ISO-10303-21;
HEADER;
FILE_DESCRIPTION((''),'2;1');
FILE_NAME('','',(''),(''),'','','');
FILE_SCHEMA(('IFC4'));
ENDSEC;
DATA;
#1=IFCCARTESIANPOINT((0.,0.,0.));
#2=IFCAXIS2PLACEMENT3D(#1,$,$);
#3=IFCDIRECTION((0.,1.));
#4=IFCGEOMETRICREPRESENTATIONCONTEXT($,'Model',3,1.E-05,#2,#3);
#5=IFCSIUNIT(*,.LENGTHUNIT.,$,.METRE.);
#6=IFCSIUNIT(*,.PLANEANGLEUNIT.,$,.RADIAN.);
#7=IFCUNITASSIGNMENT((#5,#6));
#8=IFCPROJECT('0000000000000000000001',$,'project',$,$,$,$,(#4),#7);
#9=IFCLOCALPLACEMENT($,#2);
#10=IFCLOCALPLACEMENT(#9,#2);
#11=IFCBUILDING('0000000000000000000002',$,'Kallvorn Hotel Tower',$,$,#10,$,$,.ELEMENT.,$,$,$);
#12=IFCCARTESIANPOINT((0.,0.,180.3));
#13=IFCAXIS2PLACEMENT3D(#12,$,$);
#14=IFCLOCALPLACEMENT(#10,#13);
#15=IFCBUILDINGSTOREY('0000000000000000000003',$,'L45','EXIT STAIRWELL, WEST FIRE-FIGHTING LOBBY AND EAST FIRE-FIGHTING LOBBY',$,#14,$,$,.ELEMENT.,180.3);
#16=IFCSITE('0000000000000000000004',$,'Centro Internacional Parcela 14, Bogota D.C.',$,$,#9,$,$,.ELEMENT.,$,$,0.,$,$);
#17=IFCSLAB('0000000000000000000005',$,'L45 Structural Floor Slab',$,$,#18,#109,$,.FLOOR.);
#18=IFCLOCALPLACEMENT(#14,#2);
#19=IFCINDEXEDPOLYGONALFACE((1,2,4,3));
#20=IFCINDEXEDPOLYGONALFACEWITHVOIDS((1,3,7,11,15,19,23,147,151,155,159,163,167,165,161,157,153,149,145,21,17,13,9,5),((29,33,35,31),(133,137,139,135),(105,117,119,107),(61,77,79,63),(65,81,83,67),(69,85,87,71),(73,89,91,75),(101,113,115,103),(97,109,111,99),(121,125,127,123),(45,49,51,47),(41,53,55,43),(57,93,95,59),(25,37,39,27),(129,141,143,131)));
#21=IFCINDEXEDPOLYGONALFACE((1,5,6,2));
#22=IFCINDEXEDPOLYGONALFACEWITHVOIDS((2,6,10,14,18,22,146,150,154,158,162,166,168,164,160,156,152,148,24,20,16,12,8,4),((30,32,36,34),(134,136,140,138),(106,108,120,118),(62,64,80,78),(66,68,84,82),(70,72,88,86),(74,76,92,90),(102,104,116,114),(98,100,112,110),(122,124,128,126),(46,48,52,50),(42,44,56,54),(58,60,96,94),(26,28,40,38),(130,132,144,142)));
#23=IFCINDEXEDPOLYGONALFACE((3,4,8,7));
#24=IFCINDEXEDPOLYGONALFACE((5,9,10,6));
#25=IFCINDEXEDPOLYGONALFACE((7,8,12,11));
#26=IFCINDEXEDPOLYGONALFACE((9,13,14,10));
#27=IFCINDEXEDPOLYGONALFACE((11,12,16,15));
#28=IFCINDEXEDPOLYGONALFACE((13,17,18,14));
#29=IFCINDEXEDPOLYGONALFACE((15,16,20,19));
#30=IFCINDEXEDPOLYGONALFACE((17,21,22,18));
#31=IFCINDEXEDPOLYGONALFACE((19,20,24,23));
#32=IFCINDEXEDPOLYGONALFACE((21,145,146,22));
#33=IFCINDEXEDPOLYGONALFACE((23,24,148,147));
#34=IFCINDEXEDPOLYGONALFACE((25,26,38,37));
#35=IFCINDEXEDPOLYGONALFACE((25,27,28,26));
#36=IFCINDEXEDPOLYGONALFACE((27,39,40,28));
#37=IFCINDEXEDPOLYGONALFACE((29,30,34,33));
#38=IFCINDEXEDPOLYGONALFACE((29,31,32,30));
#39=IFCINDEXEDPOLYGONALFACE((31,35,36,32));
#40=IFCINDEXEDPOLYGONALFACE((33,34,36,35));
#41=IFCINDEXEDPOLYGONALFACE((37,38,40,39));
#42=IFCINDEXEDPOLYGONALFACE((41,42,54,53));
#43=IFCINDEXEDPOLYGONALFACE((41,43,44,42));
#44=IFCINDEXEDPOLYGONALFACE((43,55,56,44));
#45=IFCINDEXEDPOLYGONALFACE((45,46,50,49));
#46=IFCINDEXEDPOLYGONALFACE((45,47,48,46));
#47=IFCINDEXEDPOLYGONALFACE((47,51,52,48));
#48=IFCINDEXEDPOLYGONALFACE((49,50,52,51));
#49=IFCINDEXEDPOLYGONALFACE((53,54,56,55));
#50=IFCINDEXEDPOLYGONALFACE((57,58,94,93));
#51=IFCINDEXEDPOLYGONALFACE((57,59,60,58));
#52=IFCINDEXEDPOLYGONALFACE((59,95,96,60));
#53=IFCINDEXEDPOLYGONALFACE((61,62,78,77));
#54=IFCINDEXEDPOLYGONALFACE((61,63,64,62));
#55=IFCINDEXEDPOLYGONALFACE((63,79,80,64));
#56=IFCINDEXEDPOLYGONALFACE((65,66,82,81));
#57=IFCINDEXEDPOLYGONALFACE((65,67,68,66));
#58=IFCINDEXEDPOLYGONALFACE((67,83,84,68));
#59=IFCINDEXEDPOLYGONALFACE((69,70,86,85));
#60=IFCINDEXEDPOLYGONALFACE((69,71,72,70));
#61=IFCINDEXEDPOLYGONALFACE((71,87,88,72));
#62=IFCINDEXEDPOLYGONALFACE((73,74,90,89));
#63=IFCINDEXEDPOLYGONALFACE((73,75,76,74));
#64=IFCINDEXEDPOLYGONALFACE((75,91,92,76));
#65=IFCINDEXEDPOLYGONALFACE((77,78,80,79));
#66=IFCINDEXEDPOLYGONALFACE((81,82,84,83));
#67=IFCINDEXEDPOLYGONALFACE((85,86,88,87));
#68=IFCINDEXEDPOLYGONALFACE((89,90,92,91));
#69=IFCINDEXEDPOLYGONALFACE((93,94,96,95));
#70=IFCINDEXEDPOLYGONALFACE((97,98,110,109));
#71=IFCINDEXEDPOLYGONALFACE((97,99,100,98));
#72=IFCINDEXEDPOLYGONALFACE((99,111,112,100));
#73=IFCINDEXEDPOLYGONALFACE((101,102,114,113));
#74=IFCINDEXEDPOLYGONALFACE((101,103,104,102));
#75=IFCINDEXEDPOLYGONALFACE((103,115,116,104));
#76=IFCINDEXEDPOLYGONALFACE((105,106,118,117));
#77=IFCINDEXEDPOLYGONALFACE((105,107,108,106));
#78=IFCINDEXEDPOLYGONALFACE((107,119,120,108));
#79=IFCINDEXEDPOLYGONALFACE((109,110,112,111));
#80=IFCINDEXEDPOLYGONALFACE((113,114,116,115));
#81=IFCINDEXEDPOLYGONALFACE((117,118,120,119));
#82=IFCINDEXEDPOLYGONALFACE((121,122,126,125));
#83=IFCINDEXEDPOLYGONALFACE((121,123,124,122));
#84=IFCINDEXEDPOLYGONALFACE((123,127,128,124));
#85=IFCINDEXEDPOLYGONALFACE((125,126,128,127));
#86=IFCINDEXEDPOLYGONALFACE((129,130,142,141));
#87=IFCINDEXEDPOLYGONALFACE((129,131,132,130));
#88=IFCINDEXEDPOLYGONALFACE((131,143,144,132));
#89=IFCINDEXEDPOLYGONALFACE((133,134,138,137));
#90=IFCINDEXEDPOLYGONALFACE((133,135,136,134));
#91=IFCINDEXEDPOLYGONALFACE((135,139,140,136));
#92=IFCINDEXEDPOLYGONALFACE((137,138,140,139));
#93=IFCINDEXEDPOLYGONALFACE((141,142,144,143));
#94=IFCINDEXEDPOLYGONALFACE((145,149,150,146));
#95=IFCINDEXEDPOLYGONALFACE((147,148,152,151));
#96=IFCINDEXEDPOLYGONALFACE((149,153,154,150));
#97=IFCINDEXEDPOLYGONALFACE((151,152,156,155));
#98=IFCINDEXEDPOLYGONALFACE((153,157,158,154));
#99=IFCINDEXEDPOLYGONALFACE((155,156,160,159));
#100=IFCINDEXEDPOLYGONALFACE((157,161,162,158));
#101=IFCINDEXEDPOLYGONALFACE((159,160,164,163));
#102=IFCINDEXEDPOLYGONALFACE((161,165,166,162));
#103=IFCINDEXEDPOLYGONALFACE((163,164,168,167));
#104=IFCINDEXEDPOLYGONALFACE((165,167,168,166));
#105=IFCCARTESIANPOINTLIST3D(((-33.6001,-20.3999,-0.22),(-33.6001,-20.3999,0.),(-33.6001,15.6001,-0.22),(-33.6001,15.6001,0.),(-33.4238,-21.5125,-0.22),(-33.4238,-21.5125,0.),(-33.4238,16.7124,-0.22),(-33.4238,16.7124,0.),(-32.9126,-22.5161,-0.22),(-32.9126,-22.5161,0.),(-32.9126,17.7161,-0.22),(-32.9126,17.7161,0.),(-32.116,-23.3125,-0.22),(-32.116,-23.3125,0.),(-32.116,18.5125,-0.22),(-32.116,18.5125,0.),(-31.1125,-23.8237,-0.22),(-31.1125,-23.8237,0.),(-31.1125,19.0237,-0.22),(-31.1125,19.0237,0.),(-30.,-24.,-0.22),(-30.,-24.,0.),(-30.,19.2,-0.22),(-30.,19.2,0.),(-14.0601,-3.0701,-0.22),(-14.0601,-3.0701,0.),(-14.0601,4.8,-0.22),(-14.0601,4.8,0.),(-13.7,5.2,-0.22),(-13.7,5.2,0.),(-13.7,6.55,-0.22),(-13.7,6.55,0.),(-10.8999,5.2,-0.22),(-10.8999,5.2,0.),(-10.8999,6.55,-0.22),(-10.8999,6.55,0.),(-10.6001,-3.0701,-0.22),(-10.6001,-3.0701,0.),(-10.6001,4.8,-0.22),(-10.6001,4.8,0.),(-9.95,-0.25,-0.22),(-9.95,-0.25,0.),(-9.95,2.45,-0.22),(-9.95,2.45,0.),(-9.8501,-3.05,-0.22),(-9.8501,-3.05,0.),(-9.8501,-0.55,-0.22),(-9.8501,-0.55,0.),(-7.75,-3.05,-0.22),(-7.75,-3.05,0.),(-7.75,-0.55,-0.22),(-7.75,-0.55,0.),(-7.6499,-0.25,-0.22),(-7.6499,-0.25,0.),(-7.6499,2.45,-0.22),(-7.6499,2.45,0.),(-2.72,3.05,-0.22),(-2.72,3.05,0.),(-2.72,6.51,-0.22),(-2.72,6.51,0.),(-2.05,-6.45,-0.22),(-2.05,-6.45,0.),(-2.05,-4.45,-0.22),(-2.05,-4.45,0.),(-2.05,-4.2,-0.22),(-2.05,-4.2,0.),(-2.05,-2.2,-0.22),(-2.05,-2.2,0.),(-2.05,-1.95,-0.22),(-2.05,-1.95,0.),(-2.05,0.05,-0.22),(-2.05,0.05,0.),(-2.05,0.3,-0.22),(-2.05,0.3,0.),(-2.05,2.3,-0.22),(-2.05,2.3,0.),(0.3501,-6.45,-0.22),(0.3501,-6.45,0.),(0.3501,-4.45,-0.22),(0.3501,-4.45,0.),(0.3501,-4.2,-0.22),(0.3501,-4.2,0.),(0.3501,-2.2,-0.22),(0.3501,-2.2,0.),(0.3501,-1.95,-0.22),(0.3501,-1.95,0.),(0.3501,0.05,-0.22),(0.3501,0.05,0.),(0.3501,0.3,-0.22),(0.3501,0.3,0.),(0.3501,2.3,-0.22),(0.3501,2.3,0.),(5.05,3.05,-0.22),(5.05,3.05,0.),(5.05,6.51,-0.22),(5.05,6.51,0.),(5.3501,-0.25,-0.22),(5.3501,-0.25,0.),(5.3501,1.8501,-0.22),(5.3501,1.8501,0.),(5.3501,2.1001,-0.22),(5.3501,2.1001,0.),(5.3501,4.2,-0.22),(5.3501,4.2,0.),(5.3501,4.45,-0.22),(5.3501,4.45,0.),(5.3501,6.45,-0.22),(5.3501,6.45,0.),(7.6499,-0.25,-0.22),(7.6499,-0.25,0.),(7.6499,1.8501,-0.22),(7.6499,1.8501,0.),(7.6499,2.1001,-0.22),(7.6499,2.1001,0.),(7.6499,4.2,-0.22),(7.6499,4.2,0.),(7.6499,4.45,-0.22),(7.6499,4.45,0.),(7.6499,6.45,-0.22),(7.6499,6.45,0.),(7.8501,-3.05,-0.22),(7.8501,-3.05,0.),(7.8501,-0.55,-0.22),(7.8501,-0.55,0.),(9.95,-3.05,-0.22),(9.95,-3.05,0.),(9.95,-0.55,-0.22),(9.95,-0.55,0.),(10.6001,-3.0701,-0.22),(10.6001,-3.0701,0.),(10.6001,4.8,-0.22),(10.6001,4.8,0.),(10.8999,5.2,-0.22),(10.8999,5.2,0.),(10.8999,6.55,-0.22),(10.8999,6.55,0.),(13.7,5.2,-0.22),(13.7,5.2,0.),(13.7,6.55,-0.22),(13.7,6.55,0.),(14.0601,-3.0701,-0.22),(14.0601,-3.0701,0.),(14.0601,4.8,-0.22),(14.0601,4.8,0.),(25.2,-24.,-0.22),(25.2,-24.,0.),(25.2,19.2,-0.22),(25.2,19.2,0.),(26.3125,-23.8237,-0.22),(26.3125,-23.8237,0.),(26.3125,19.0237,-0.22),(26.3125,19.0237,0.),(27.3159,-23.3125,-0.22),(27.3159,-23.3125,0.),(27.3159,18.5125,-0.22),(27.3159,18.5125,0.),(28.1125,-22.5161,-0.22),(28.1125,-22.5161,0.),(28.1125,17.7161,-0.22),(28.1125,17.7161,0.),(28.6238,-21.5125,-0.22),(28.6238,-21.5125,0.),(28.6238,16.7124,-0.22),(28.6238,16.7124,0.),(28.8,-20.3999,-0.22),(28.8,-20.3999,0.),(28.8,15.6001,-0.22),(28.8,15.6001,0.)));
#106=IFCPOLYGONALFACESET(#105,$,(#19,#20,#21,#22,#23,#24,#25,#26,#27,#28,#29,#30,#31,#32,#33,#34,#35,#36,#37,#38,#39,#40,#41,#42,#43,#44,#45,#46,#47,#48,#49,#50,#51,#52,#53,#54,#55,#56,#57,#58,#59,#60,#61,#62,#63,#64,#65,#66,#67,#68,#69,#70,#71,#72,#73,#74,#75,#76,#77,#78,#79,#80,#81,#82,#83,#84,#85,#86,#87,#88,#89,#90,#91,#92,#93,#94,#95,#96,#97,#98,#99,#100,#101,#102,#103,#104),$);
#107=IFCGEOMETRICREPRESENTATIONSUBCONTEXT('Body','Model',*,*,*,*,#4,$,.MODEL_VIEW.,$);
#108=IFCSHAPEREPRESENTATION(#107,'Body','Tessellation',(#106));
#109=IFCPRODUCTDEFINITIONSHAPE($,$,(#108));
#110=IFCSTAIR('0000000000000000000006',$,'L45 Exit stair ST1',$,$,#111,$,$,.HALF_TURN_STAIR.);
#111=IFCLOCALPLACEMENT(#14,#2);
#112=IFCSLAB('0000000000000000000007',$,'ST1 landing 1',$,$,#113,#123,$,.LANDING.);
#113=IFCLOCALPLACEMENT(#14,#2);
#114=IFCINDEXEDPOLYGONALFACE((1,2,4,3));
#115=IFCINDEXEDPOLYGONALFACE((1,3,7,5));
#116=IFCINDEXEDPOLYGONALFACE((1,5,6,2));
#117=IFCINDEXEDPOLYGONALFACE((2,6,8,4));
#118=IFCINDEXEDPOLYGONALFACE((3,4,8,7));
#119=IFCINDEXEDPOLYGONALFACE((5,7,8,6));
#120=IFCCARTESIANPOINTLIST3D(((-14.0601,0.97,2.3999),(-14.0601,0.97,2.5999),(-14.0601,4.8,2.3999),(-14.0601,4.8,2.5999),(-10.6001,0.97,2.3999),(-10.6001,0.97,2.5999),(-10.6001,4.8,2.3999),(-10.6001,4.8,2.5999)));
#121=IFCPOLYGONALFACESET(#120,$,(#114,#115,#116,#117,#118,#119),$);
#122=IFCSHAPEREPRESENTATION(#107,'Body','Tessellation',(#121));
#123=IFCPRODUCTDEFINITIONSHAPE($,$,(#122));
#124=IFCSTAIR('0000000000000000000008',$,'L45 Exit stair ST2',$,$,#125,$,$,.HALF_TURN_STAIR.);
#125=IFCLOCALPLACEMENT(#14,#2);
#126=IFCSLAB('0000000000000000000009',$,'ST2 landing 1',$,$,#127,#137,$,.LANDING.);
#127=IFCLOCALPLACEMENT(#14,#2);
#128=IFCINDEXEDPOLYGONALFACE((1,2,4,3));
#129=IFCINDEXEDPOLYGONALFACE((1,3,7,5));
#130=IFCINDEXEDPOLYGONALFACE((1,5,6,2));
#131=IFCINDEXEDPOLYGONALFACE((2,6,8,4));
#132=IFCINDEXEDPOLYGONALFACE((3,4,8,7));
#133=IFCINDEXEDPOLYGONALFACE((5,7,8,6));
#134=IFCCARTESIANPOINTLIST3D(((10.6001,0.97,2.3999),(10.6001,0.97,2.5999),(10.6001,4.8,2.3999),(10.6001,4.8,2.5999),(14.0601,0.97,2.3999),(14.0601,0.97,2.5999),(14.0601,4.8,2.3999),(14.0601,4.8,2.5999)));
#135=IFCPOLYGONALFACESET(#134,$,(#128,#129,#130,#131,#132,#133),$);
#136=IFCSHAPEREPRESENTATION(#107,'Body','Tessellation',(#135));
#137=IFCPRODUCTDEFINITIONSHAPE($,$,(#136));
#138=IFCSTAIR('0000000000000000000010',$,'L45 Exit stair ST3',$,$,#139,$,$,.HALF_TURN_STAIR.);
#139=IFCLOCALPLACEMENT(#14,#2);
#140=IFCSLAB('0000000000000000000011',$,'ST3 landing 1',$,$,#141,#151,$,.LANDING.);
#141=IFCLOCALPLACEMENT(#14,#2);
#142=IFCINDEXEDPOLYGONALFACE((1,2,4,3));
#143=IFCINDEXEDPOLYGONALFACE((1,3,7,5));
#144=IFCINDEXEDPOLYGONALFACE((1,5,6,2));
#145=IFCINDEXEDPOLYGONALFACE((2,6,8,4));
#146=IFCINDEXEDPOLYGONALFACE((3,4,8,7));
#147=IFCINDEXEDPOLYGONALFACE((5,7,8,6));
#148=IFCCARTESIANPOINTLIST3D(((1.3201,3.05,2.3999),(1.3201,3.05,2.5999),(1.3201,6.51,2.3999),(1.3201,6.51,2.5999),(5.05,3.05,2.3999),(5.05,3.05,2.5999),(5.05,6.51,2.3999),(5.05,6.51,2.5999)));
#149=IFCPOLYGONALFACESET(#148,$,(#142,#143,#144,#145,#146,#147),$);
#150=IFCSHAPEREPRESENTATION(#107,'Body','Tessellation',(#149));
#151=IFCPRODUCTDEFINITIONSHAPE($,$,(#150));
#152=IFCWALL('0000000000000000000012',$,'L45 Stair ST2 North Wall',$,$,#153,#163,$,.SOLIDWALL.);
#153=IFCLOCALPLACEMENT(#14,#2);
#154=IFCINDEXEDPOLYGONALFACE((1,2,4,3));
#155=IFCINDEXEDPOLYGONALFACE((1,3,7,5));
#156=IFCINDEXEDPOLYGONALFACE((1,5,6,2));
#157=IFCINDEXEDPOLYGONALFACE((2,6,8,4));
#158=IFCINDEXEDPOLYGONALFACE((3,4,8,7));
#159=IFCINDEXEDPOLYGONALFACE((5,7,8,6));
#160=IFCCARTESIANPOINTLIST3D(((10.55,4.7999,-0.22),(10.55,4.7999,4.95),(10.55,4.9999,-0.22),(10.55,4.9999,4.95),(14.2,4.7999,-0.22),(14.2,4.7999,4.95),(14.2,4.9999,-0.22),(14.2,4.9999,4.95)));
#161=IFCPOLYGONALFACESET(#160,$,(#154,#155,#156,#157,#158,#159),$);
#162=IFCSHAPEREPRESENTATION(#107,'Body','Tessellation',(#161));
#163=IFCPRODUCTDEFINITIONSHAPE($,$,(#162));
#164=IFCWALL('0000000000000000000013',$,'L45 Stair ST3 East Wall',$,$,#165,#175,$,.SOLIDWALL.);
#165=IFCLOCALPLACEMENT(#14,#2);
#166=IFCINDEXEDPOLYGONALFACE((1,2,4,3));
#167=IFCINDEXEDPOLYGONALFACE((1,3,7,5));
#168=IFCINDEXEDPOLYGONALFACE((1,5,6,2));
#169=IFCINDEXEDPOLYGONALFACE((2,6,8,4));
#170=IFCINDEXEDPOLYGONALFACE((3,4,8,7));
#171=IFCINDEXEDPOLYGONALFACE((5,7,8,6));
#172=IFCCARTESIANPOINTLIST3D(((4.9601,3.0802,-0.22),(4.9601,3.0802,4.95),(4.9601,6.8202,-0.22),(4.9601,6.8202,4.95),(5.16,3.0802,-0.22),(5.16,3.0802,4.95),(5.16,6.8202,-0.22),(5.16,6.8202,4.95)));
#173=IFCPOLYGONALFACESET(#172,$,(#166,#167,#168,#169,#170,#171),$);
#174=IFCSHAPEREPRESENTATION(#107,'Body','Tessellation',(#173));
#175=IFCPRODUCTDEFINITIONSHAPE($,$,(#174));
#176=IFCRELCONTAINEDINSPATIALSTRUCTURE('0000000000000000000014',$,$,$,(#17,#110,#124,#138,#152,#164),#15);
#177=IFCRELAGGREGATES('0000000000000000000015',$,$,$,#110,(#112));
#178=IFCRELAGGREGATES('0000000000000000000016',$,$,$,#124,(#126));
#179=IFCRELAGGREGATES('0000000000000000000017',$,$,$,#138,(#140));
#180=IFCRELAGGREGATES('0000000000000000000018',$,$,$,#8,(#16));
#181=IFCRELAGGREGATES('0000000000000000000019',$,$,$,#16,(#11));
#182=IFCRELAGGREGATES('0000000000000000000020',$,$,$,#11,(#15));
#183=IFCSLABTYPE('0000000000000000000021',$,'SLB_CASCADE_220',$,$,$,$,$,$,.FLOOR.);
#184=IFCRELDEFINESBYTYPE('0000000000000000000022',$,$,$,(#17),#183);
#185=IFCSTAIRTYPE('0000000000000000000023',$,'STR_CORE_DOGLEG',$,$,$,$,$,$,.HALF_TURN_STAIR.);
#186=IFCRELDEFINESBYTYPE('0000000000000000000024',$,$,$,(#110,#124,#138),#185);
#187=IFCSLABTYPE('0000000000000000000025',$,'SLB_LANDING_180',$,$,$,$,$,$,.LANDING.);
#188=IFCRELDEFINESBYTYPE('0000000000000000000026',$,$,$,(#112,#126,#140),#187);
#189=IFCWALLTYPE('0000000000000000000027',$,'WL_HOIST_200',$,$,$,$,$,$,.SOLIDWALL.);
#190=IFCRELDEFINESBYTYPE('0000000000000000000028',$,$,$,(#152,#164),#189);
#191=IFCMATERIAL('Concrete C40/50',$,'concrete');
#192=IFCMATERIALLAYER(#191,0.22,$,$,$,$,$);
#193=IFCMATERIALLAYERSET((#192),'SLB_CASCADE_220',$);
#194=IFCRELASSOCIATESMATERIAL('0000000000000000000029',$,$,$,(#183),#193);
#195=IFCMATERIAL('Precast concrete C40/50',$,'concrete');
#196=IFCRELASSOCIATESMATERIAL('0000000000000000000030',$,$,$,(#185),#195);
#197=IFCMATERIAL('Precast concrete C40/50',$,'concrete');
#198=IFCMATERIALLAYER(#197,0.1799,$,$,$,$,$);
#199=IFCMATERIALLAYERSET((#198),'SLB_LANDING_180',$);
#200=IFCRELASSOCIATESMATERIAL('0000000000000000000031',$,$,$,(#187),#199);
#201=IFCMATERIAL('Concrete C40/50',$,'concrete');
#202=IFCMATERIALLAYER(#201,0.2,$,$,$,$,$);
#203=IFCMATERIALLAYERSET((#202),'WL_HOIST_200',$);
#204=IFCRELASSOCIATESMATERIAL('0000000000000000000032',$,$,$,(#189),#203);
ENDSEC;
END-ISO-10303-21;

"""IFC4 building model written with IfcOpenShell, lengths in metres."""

from ifc_helpers import new_model, si_unit, direction, frame, frame_2d, origin, place, context, subcontext, project, spatial, polyline, rectangle, outline, extrude, material, layer, layer_set, type_object, element, aggregate, save


model = new_model("IFC4")

# Units and contexts
model_context = context("Model", 3, precision=1e-05, world=origin(), true_north=direction((0.0, 1.0)))
body_context = subcontext(model_context, "Body", "Model", "MODEL_VIEW")
ifc_project = project(units=[si_unit("LENGTHUNIT", "METRE"), si_unit("PLANEANGLEUNIT", "RADIAN")], contexts=[model_context])

# Site, building, storey
site_placement = place(None, origin())
site = spatial("IfcSite", under=ifc_project, at=site_placement, Name="Centro Internacional Parcela 14, Bogota D.C.", CompositionType="ELEMENT", RefElevation=0.0)
building_placement = place(site_placement, origin())
building = spatial("IfcBuilding", under=site, at=building_placement, Name="Kallvorn Hotel Tower", CompositionType="ELEMENT")
storey_placement = place(building_placement, frame((0.0, 0.0, 180.3)))
storey = spatial("IfcBuildingStorey", under=building, at=storey_placement, Name="L45", Description="EXIT STAIRWELL, WEST FIRE-FIGHTING LOBBY AND EAST FIRE-FIGHTING LOBBY", CompositionType="ELEMENT", Elevation=180.3)

# Slab
ifc_material_1 = material(Name="Concrete C40/50", Category="concrete")
ifc_layer_1 = layer(ifc_material_1, 0.22)
ifc_layer_set_1 = layer_set([ifc_layer_1], Name="SLB_CASCADE_220")
slab_type_1 = type_object("IfcSlabType", Name="SLB_CASCADE_220", PredefinedType="FLOOR", material=ifc_layer_set_1)
slab_1_placement = place(storey_placement, frame((0.0, 0.0, -0.22)))
element("IfcSlab", 1, at=slab_1_placement, inside=storey, type_object=slab_type_1, Name="L45 Structural Floor Slab", PredefinedType="FLOOR", context=body_context, shape_type="SweptSolid", body=[
    extrude(outline(polyline([(25.2, -24.0), (26.3125, -23.8237), (27.3159, -23.3125), (28.1125, -22.5161), (28.6238, -21.5125), (28.8, -20.3999), (28.8, 15.6001), (28.6238, 16.7124), (28.1125, 17.7161), (27.3159, 18.5125), (26.3125, 19.0237), (25.2, 19.2), (-30.0, 19.2), (-31.1125, 19.0237), (-32.116, 18.5125), (-32.9126, 17.7161), (-33.4238, 16.7124), (-33.6001, 15.6001), (-33.6001, -20.3999), (-33.4238, -21.5125), (-32.9126, -22.5161), (-32.116, -23.3125), (-31.1125, -23.8237), (-30.0, -24.0), (25.2, -24.0)]), holes=[polyline([(-10.6001, -3.0701), (-10.6001, 4.8), (-14.0601, 4.8), (-14.0601, -3.0701), (-10.6001, -3.0701)]), polyline([(14.0601, -3.0701), (14.0601, 4.8), (10.6001, 4.8), (10.6001, -3.0701), (14.0601, -3.0701)]), polyline([(-2.72, 3.05), (5.05, 3.05), (5.05, 6.51), (-2.72, 6.51), (-2.72, 3.05)]), polyline([(-2.05, -6.45), (0.3501, -6.45), (0.3501, -4.45), (-2.05, -4.45), (-2.05, -6.45)]), polyline([(-2.05, -4.2), (0.3501, -4.2), (0.3501, -2.2), (-2.05, -2.2), (-2.05, -4.2)]), polyline([(-2.05, -1.95), (0.3501, -1.95), (0.3501, 0.05), (-2.05, 0.05), (-2.05, -1.95)]), polyline([(-2.05, 0.3), (0.3501, 0.3), (0.3501, 2.3), (-2.05, 2.3), (-2.05, 0.3)]), polyline([(5.3501, -0.25), (7.6499, -0.25), (7.6499, 1.8501), (5.3501, 1.8501), (5.3501, -0.25)]), polyline([(5.3501, 2.1001), (7.6499, 2.1001), (7.6499, 4.2), (5.3501, 4.2), (5.3501, 2.1001)]), polyline([(5.3501, 4.45), (7.6499, 4.45), (7.6499, 6.45), (5.3501, 6.45), (5.3501, 4.45)]), polyline([(-9.8501, -3.05), (-7.75, -3.05), (-7.75, -0.55), (-9.8501, -0.55), (-9.8501, -3.05)]), polyline([(7.8501, -3.05), (9.95, -3.05), (9.95, -0.55), (7.8501, -0.55), (7.8501, -3.05)]), polyline([(-9.95, -0.25), (-7.6499, -0.25), (-7.6499, 2.45), (-9.95, 2.45), (-9.95, -0.25)]), polyline([(-13.7, 5.2), (-10.8999, 5.2), (-10.8999, 6.55), (-13.7, 6.55), (-13.7, 5.2)]), polyline([(10.8999, 5.2), (13.7, 5.2), (13.7, 6.55), (10.8999, 6.55), (10.8999, 5.2)])]), origin(), (0.0, 0.0, 1.0), 0.22),
])

# Stairs, slabs
ifc_material_2 = material(Name="Precast concrete C40/50", Category="concrete")
stair_type = type_object("IfcStairType", Name="STR_CORE_DOGLEG", PredefinedType="HALF_TURN_STAIR", material=ifc_material_2)
stair_1_placement = place(storey_placement, origin())
stair_1 = element("IfcStair", 2, at=stair_1_placement, inside=storey, type_object=stair_type, Name="L45 Exit stair ST1", PredefinedType="HALF_TURN_STAIR")
ifc_material_3 = material(Name="Precast concrete C40/50", Category="concrete")
ifc_layer_2 = layer(ifc_material_3, 0.1799)
ifc_layer_set_2 = layer_set([ifc_layer_2], Name="SLB_LANDING_180")
slab_type_2 = type_object("IfcSlabType", Name="SLB_LANDING_180", PredefinedType="LANDING", material=ifc_layer_set_2)
slab_2_placement = place(storey_placement, frame((0.0, 0.0, 2.3999)))
slab_2 = element("IfcSlab", 3, at=slab_2_placement, type_object=slab_type_2, Name="ST1 landing 1", PredefinedType="LANDING", context=body_context, shape_type="SweptSolid", body=[
    extrude(outline(polyline([(-10.6001, 0.97), (-10.6001, 4.8), (-14.0601, 4.8), (-14.0601, 0.97), (-10.6001, 0.97)])), origin(), (0.0, 0.0, 1.0), 0.2),
])
aggregate(stair_1, [slab_2])
stair_2_placement = place(storey_placement, origin())
stair_2 = element("IfcStair", 4, at=stair_2_placement, inside=storey, type_object=stair_type, Name="L45 Exit stair ST2", PredefinedType="HALF_TURN_STAIR")
slab_3_placement = place(storey_placement, frame((0.0, 0.0, 2.3999)))
slab_3 = element("IfcSlab", 5, at=slab_3_placement, type_object=slab_type_2, Name="ST2 landing 1", PredefinedType="LANDING", context=body_context, shape_type="SweptSolid", body=[
    extrude(outline(polyline([(14.0601, 0.97), (14.0601, 4.8), (10.6001, 4.8), (10.6001, 0.97), (14.0601, 0.97)])), origin(), (0.0, 0.0, 1.0), 0.2),
])
aggregate(stair_2, [slab_3])
stair_3_placement = place(storey_placement, origin())
stair_3 = element("IfcStair", 6, at=stair_3_placement, inside=storey, type_object=stair_type, Name="L45 Exit stair ST3", PredefinedType="HALF_TURN_STAIR")
slab_4_placement = place(storey_placement, frame((0.0, 0.0, 2.3999)))
slab_4 = element("IfcSlab", 7, at=slab_4_placement, type_object=slab_type_2, Name="ST3 landing 1", PredefinedType="LANDING", context=body_context, shape_type="SweptSolid", body=[
    extrude(outline(polyline([(1.3201, 3.05), (5.05, 3.05), (5.05, 6.51), (1.3201, 6.51), (1.3201, 3.05)])), origin(), (0.0, 0.0, 1.0), 0.2),
])

# Walls
ifc_material_4 = material(Name="Concrete C40/50", Category="concrete")
ifc_layer_3 = layer(ifc_material_4, 0.2)
ifc_layer_set_3 = layer_set([ifc_layer_3], Name="WL_HOIST_200")
wall_type_1 = type_object("IfcWallType", Name="WL_HOIST_200", PredefinedType="SOLIDWALL", material=ifc_layer_set_3)
wall_1_placement = place(storey_placement, frame((10.55, 4.8999, -0.22), z_axis=(0.0, 0.0, 1.0), x_axis=(1.0, 0.0, 0.0)))
element("IfcWall", 8, at=wall_1_placement, inside=storey, type_object=wall_type_1, Name="L45 Stair ST2 North Wall", PredefinedType="SOLIDWALL", context=body_context, shape_type="SweptSolid", body=[
    extrude(rectangle(XDim=3.6499, YDim=0.2, at=frame_2d((1.825, 0.0))), origin(), (0.0, 0.0, 1.0), 5.1699),
])
wall_2_placement = place(storey_placement, frame((5.0601, 3.0801, -0.22), z_axis=(0.0, 0.0, 1.0), x_axis=(0.0, 1.0, 0.0)))
element("IfcWall", 9, at=wall_2_placement, inside=storey, type_object=wall_type_1, Name="L45 Stair ST3 East Wall", PredefinedType="SOLIDWALL", context=body_context, shape_type="SweptSolid", body=[
    extrude(rectangle(XDim=3.74, YDim=0.2, at=frame_2d((1.8701, 0.0))), origin(), (0.0, 0.0, 1.0), 5.1699),
])

aggregate(stair_3, [slab_4])

save(model, "model.ifc")
